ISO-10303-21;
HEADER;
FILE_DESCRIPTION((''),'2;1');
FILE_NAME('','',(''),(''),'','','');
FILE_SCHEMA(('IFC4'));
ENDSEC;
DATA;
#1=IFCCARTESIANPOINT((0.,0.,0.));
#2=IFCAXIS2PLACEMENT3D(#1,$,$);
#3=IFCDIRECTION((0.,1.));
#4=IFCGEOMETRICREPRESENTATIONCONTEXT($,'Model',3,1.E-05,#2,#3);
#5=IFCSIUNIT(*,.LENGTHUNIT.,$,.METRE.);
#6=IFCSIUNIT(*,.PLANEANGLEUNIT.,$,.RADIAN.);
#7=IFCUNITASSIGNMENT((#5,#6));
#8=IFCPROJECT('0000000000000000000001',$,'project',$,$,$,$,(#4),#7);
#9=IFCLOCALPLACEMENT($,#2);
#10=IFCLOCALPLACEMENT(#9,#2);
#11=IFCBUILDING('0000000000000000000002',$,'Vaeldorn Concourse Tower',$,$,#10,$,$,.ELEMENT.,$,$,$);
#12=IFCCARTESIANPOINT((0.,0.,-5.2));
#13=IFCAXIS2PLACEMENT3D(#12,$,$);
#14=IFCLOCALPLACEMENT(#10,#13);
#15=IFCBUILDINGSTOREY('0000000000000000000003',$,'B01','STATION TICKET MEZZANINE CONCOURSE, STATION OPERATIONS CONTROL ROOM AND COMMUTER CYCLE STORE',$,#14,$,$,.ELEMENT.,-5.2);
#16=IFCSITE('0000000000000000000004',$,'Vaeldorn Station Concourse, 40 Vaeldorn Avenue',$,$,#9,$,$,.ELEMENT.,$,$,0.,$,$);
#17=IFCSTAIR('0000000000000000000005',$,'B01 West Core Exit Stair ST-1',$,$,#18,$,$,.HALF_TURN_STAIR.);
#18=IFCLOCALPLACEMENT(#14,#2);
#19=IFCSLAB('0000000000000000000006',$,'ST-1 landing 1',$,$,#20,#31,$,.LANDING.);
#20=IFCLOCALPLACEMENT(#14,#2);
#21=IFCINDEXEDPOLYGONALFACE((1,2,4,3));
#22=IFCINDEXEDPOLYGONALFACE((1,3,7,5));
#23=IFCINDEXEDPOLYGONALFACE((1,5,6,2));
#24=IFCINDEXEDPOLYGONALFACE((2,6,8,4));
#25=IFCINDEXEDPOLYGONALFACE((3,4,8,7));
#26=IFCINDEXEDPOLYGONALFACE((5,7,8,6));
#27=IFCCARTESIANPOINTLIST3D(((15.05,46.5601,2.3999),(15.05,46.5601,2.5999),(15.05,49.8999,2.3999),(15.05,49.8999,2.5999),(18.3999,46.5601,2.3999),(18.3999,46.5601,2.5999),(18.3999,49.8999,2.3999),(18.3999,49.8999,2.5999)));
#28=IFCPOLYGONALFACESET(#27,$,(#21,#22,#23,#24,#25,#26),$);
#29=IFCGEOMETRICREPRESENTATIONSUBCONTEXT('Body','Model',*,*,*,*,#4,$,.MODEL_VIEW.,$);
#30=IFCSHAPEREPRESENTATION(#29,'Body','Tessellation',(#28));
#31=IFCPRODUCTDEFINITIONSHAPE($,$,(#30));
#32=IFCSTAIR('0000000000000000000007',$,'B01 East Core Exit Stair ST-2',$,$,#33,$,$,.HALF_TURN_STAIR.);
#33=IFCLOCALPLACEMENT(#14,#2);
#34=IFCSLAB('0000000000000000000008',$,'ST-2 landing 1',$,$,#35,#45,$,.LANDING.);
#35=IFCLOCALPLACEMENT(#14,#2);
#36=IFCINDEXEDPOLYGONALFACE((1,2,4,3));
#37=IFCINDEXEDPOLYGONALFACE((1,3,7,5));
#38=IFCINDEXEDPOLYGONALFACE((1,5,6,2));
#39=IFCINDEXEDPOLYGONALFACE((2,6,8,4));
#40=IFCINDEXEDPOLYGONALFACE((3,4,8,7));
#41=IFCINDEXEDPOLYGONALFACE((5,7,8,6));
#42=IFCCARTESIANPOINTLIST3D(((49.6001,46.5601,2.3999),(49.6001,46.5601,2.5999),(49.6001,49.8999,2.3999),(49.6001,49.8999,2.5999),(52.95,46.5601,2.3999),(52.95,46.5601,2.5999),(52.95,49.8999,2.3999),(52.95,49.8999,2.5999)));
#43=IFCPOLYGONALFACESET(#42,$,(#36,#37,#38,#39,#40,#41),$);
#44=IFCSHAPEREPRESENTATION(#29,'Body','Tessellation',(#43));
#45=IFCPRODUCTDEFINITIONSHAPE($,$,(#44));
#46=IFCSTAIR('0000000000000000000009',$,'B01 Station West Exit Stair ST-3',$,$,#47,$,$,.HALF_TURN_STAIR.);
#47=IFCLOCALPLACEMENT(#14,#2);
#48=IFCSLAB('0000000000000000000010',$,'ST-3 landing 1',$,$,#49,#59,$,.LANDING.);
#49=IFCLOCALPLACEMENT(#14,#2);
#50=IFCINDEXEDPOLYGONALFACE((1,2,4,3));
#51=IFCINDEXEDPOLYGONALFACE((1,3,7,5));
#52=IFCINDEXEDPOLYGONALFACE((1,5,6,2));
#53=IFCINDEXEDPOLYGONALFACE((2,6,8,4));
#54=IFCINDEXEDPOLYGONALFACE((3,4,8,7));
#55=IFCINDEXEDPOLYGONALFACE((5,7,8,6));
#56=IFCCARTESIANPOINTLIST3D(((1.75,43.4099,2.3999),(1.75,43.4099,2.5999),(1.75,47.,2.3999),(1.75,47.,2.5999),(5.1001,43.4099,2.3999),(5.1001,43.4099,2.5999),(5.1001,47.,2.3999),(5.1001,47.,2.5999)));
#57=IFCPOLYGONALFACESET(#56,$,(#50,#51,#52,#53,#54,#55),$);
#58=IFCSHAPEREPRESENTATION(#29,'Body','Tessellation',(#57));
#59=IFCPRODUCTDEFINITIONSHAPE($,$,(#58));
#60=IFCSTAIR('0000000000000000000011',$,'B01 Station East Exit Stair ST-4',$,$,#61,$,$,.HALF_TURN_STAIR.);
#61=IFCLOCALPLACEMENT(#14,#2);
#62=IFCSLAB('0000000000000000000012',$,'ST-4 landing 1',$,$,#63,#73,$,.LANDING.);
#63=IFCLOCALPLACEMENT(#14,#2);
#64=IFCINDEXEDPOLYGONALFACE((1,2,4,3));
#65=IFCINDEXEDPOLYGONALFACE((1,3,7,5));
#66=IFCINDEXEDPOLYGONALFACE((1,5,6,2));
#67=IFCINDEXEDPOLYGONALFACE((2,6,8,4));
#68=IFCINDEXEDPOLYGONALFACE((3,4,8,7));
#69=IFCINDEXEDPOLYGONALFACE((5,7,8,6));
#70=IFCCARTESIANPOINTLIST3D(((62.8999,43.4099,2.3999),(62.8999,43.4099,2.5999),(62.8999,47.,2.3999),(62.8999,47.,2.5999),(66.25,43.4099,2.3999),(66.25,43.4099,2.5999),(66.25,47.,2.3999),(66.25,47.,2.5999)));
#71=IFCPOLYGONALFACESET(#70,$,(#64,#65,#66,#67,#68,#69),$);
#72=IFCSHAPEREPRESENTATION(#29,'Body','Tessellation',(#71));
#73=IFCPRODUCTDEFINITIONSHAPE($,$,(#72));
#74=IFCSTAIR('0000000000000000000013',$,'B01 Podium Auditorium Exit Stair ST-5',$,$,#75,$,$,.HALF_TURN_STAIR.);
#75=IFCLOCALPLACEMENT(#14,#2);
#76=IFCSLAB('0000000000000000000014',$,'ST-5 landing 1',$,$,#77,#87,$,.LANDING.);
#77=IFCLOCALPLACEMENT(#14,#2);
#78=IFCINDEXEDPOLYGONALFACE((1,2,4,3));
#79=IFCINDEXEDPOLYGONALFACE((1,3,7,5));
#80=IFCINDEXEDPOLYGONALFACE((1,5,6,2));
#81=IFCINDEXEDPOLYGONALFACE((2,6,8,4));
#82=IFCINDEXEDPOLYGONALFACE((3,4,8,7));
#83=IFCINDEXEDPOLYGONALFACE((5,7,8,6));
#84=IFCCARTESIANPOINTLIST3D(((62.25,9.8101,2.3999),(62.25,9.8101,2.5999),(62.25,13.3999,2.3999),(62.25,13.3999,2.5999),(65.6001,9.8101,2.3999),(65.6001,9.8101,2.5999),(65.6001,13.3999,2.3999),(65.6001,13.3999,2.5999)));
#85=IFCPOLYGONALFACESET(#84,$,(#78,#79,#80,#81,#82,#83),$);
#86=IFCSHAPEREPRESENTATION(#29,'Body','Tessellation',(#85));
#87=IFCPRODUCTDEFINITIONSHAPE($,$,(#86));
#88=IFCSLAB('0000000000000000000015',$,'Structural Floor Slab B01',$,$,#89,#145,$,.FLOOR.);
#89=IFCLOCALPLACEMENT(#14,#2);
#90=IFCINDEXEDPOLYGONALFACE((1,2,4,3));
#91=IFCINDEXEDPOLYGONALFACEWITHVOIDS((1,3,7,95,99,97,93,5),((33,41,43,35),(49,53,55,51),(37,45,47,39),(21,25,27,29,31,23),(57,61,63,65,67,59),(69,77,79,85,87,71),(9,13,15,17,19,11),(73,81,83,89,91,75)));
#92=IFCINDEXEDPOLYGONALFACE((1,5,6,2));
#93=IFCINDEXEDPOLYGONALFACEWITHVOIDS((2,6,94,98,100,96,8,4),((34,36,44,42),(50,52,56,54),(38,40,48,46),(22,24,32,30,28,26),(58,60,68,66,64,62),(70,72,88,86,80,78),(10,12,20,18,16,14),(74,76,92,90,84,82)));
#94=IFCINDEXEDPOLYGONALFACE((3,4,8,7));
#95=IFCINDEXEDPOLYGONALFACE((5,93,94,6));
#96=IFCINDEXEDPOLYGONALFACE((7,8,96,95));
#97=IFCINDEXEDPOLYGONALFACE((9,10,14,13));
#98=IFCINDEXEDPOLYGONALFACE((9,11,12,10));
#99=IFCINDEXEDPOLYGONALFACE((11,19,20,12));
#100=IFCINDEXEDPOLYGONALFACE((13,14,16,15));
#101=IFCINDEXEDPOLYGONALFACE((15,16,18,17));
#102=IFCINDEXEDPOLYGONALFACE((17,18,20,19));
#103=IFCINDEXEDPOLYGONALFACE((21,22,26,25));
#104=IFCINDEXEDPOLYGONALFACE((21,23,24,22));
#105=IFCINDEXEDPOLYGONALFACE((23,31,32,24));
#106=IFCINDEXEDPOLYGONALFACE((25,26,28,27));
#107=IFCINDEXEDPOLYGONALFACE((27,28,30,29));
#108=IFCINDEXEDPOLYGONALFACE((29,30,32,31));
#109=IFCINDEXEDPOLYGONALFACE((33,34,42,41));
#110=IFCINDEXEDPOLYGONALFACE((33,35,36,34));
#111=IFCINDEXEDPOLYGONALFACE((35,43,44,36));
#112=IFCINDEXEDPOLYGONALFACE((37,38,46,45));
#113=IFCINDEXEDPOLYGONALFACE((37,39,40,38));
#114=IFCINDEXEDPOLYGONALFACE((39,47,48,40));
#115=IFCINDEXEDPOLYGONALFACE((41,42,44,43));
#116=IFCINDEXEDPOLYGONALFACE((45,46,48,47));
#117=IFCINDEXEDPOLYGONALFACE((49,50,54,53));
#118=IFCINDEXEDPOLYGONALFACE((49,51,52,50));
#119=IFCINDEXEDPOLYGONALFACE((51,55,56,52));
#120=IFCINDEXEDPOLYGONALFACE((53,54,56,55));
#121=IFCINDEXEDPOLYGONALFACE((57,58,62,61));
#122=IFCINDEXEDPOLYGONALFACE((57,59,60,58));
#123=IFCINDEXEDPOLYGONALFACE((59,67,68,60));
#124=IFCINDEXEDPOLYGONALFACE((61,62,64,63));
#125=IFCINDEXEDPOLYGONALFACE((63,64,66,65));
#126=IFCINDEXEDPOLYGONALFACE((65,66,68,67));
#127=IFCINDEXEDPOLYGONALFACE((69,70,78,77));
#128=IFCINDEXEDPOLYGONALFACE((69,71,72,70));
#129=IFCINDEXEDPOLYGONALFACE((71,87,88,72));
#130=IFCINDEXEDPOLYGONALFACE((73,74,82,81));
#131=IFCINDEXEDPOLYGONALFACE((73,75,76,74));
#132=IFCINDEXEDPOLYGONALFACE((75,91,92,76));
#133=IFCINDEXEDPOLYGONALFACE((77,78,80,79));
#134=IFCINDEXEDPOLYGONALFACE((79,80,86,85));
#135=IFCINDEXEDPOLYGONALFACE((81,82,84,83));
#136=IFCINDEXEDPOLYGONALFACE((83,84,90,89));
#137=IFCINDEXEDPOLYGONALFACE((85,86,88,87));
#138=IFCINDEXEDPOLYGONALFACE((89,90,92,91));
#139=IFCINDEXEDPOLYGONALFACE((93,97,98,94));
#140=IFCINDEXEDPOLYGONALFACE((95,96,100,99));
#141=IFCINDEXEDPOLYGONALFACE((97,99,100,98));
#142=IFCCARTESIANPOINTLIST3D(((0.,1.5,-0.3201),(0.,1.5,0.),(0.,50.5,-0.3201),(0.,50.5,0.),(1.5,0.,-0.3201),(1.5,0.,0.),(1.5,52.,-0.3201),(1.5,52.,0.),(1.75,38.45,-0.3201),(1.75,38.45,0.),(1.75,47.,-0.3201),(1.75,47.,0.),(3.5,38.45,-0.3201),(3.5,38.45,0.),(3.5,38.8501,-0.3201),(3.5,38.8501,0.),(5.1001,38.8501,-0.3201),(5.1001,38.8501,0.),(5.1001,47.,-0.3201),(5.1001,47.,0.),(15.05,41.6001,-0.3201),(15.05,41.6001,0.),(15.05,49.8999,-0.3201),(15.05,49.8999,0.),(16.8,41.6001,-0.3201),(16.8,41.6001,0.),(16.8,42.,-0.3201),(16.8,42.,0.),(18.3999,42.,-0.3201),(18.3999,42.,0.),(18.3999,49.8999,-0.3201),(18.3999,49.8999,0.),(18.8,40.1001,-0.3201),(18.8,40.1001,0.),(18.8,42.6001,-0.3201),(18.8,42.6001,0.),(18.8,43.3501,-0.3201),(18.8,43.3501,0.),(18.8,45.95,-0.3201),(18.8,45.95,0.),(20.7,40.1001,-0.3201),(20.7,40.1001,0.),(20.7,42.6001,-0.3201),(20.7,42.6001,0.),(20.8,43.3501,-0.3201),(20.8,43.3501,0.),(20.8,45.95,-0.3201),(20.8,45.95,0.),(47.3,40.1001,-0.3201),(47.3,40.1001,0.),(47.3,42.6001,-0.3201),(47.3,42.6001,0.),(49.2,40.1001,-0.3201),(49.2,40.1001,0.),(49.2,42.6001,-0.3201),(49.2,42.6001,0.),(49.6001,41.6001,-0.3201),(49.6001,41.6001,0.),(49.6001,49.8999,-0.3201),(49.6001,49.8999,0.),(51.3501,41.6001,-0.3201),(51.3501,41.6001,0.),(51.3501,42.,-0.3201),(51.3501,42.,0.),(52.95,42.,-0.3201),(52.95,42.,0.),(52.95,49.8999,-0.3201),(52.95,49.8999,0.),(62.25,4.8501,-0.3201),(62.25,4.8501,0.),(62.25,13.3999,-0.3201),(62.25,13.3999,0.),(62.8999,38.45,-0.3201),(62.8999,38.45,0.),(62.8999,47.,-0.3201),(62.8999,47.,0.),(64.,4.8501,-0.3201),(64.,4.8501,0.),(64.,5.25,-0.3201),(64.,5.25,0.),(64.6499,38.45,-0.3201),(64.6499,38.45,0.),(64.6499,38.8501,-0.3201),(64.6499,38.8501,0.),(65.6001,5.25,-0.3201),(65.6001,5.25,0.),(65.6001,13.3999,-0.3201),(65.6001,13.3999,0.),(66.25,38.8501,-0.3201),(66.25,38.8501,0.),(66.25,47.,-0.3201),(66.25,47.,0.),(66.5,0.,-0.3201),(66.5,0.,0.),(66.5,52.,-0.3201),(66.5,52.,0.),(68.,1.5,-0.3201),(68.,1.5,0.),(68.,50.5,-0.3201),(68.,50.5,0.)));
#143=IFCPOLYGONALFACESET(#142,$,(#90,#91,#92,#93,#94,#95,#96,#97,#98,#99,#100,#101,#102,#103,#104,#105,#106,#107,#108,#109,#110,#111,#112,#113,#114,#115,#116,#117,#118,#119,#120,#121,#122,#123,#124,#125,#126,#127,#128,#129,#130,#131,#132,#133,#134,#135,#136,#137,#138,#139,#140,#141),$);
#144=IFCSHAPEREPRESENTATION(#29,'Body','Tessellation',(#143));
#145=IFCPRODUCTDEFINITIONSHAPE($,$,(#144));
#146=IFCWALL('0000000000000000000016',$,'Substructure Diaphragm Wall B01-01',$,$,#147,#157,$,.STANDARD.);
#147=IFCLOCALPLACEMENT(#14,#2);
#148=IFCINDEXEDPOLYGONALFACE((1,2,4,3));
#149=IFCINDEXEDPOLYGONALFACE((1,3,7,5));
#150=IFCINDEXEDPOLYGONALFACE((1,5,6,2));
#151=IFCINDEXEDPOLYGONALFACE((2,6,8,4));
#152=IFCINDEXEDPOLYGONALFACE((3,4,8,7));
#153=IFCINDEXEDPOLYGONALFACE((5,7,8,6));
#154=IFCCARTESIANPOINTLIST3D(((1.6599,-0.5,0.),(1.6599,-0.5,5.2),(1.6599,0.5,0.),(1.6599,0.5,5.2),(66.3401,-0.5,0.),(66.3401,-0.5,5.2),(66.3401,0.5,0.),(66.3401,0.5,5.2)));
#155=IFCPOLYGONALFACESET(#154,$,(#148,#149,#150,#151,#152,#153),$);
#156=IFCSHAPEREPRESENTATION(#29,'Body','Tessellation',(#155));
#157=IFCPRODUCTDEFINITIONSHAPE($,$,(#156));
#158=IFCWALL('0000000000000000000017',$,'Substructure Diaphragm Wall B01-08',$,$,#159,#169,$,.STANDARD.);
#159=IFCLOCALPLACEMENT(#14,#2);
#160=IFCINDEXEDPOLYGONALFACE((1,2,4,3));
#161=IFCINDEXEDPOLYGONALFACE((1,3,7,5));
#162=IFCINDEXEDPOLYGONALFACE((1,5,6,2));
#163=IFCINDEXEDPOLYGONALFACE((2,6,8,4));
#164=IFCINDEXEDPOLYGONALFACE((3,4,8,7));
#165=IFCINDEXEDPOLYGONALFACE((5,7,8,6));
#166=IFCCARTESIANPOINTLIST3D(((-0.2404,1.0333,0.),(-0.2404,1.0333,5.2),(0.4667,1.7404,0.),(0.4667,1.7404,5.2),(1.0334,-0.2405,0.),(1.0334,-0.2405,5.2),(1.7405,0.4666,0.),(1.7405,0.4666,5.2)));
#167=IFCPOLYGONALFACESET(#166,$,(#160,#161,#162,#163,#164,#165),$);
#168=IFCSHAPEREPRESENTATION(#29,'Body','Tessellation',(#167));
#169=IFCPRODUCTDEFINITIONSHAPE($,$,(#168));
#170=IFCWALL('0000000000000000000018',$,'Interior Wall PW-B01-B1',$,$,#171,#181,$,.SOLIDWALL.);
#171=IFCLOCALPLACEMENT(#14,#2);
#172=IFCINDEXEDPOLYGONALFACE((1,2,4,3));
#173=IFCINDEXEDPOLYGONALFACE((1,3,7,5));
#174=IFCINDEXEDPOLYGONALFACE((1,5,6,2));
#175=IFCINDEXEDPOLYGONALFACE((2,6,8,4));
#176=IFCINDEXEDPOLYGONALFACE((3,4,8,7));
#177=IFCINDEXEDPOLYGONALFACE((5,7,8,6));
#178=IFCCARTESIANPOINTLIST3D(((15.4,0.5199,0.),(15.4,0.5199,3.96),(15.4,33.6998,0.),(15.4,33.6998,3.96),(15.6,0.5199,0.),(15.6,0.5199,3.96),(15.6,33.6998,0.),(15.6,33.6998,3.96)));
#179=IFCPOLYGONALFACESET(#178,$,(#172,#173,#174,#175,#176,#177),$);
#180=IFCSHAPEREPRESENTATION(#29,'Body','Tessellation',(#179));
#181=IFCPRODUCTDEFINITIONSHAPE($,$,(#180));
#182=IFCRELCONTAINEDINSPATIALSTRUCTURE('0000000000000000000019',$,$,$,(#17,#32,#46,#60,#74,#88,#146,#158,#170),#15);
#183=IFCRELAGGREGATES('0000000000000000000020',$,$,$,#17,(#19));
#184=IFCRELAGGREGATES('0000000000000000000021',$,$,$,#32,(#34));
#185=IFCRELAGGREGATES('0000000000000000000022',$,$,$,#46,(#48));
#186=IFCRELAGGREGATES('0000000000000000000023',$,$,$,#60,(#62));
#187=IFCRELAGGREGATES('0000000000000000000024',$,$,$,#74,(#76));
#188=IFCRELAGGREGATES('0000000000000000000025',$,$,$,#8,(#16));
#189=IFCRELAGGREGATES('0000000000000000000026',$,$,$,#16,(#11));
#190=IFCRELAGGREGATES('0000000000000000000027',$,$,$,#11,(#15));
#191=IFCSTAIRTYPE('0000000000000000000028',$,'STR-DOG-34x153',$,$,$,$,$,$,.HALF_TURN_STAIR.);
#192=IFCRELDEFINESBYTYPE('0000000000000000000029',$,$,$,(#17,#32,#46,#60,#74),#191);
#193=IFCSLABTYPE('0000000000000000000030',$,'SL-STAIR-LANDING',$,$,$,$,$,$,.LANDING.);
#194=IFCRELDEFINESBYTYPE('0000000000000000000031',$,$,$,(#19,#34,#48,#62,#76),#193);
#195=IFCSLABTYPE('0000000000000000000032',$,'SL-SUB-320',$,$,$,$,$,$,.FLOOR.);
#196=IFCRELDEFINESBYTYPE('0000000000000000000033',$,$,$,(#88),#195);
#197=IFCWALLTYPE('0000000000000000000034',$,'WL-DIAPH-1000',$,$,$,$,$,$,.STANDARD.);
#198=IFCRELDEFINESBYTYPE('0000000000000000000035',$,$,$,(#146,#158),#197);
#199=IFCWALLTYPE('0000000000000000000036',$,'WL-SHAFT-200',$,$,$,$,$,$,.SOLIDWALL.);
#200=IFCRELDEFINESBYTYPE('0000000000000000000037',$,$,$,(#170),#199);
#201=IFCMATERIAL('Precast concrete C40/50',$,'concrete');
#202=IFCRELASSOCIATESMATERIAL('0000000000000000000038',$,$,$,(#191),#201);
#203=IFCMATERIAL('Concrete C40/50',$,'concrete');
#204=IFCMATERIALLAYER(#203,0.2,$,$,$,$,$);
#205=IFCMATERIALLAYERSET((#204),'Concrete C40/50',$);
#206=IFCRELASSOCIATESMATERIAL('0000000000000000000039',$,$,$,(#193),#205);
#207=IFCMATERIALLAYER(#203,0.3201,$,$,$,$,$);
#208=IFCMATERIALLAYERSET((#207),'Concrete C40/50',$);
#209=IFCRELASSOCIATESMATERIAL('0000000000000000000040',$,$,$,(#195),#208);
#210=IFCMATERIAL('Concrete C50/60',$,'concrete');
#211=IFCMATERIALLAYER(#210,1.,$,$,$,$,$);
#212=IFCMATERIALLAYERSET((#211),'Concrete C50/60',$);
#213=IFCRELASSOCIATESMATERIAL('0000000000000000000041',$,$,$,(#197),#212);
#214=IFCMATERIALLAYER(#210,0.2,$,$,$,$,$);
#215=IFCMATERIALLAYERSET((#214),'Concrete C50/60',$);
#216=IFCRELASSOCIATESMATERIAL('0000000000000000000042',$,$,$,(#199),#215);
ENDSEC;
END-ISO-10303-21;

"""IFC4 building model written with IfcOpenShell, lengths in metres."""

from ifc_helpers import new_model, si_unit, direction, frame, frame_2d, origin, place, context, subcontext, project, spatial, polyline, rectangle, outline, extrude, material, layer, layer_set, type_object, element, aggregate, save


model = new_model("IFC4")

# Units and contexts
model_context = context("Model", 3, precision=1e-05, world=origin(), true_north=direction((0.0, 1.0)))
body_context = subcontext(model_context, "Body", "Model", "MODEL_VIEW")
ifc_project = project(units=[si_unit("LENGTHUNIT", "METRE"), si_unit("PLANEANGLEUNIT", "RADIAN")], contexts=[model_context])

# Site, building, storey
site_placement = place(None, origin())
site = spatial("IfcSite", under=ifc_project, at=site_placement, Name="Vaeldorn Station Concourse, 40 Vaeldorn Avenue", CompositionType="ELEMENT", RefElevation=0.0)
building_placement = place(site_placement, origin())
building = spatial("IfcBuilding", under=site, at=building_placement, Name="Vaeldorn Concourse Tower", CompositionType="ELEMENT")
storey_placement = place(building_placement, frame((0.0, 0.0, -5.2)))
storey = spatial("IfcBuildingStorey", under=building, at=storey_placement, Name="B01", Description="STATION TICKET MEZZANINE CONCOURSE, STATION OPERATIONS CONTROL ROOM AND COMMUTER CYCLE STORE", CompositionType="ELEMENT", Elevation=-5.2)

# Stairs, slabs
ifc_material_1 = material(Name="Precast concrete C40/50", Category="concrete")
stair_type = type_object("IfcStairType", Name="STR-DOG-34x153", PredefinedType="HALF_TURN_STAIR", material=ifc_material_1)
stair_1_placement = place(storey_placement, origin())
stair_1 = element("IfcStair", 1, at=stair_1_placement, inside=storey, type_object=stair_type, Name="B01 West Core Exit Stair ST-1", PredefinedType="HALF_TURN_STAIR")
ifc_material_2 = material(Name="Concrete C40/50", Category="concrete")
ifc_layer_1 = layer(ifc_material_2, 0.2)
ifc_layer_set_1 = layer_set([ifc_layer_1], Name="Concrete C40/50")
slab_type_1 = type_object("IfcSlabType", Name="SL-STAIR-LANDING", PredefinedType="LANDING", material=ifc_layer_set_1)
slab_1_placement = place(storey_placement, frame((0.0, 0.0, 2.3999)))
slab_1 = element("IfcSlab", 2, at=slab_1_placement, type_object=slab_type_1, Name="ST-1 landing 1", PredefinedType="LANDING", context=body_context, shape_type="SweptSolid", body=[
    extrude(outline(polyline([(18.3999, 46.5601), (18.3999, 49.8999), (15.05, 49.8999), (15.05, 46.5601), (18.3999, 46.5601)])), origin(), (0.0, 0.0, 1.0), 0.2),
])
aggregate(stair_1, [slab_1])
stair_2_placement = place(storey_placement, origin())
stair_2 = element("IfcStair", 3, at=stair_2_placement, inside=storey, type_object=stair_type, Name="B01 East Core Exit Stair ST-2", PredefinedType="HALF_TURN_STAIR")
slab_2_placement = place(storey_placement, frame((0.0, 0.0, 2.3999)))
slab_2 = element("IfcSlab", 4, at=slab_2_placement, type_object=slab_type_1, Name="ST-2 landing 1", PredefinedType="LANDING", context=body_context, shape_type="SweptSolid", body=[
    extrude(outline(polyline([(52.95, 46.5601), (52.95, 49.8999), (49.6001, 49.8999), (49.6001, 46.5601), (52.95, 46.5601)])), origin(), (0.0, 0.0, 1.0), 0.2),
])
aggregate(stair_2, [slab_2])
stair_3_placement = place(storey_placement, origin())
stair_3 = element("IfcStair", 5, at=stair_3_placement, inside=storey, type_object=stair_type, Name="B01 Station West Exit Stair ST-3", PredefinedType="HALF_TURN_STAIR")
slab_3_placement = place(storey_placement, frame((0.0, 0.0, 2.3999)))
slab_3 = element("IfcSlab", 6, at=slab_3_placement, type_object=slab_type_1, Name="ST-3 landing 1", PredefinedType="LANDING", context=body_context, shape_type="SweptSolid", body=[
    extrude(outline(polyline([(5.1001, 43.4099), (5.1001, 47.0), (1.75, 47.0), (1.75, 43.4099), (5.1001, 43.4099)])), origin(), (0.0, 0.0, 1.0), 0.2),
])
aggregate(stair_3, [slab_3])
stair_4_placement = place(storey_placement, origin())
stair_4 = element("IfcStair", 7, at=stair_4_placement, inside=storey, type_object=stair_type, Name="B01 Station East Exit Stair ST-4", PredefinedType="HALF_TURN_STAIR")
slab_4_placement = place(storey_placement, frame((0.0, 0.0, 2.3999)))
slab_4 = element("IfcSlab", 8, at=slab_4_placement, type_object=slab_type_1, Name="ST-4 landing 1", PredefinedType="LANDING", context=body_context, shape_type="SweptSolid", body=[
    extrude(outline(polyline([(66.25, 43.4099), (66.25, 47.0), (62.8999, 47.0), (62.8999, 43.4099), (66.25, 43.4099)])), origin(), (0.0, 0.0, 1.0), 0.2),
])
aggregate(stair_4, [slab_4])
stair_5_placement = place(storey_placement, origin())
stair_5 = element("IfcStair", 9, at=stair_5_placement, inside=storey, type_object=stair_type, Name="B01 Podium Auditorium Exit Stair ST-5", PredefinedType="HALF_TURN_STAIR")
slab_5_placement = place(storey_placement, frame((0.0, 0.0, 2.3999)))
slab_5 = element("IfcSlab", 10, at=slab_5_placement, type_object=slab_type_1, Name="ST-5 landing 1", PredefinedType="LANDING", context=body_context, shape_type="SweptSolid", body=[
    extrude(outline(polyline([(65.6001, 9.8101), (65.6001, 13.3999), (62.25, 13.3999), (62.25, 9.8101), (65.6001, 9.8101)])), origin(), (0.0, 0.0, 1.0), 0.2),
])
aggregate(stair_5, [slab_5])

# Slab
ifc_layer_2 = layer(ifc_material_2, 0.3201)
ifc_layer_set_2 = layer_set([ifc_layer_2], Name="Concrete C40/50")
slab_type_2 = type_object("IfcSlabType", Name="SL-SUB-320", PredefinedType="FLOOR", material=ifc_layer_set_2)
slab_6_placement = place(storey_placement, frame((0.0, 0.0, -0.3201)))
element("IfcSlab", 11, at=slab_6_placement, inside=storey, type_object=slab_type_2, Name="Structural Floor Slab B01", PredefinedType="FLOOR", context=body_context, shape_type="SweptSolid", body=[
    extrude(outline(polyline([(1.5, 0.0), (66.5, 0.0), (68.0, 1.5), (68.0, 50.5), (66.5, 52.0), (1.5, 52.0), (0.0, 50.5), (0.0, 1.5), (1.5, 0.0)]), holes=[polyline([(18.3999, 42.0), (18.3999, 49.8999), (15.05, 49.8999), (15.05, 41.6001), (16.8, 41.6001), (16.8, 42.0), (18.3999, 42.0)]), polyline([(52.95, 42.0), (52.95, 49.8999), (49.6001, 49.8999), (49.6001, 41.6001), (51.3501, 41.6001), (51.3501, 42.0), (52.95, 42.0)]), polyline([(5.1001, 38.8501), (5.1001, 47.0), (1.75, 47.0), (1.75, 38.45), (3.5, 38.45), (3.5, 38.8501), (5.1001, 38.8501)]), polyline([(66.25, 38.8501), (66.25, 47.0), (62.8999, 47.0), (62.8999, 38.45), (64.6499, 38.45), (64.6499, 38.8501), (66.25, 38.8501)]), polyline([(65.6001, 5.25), (65.6001, 13.3999), (62.25, 13.3999), (62.25, 4.8501), (64.0, 4.8501), (64.0, 5.25), (65.6001, 5.25)]), polyline([(18.8, 43.3501), (20.8, 43.3501), (20.8, 45.95), (18.8, 45.95), (18.8, 43.3501)]), polyline([(18.8, 40.1001), (20.7, 40.1001), (20.7, 42.6001), (18.8, 42.6001), (18.8, 40.1001)]), polyline([(47.3, 40.1001), (49.2, 40.1001), (49.2, 42.6001), (47.3, 42.6001), (47.3, 40.1001)])]), origin(), (0.0, 0.0, 1.0), 0.3201),
])

# Walls
ifc_material_3 = material(Name="Concrete C50/60", Category="concrete")
ifc_layer_3 = layer(ifc_material_3, 1.0)
ifc_layer_set_3 = layer_set([ifc_layer_3], Name="Concrete C50/60")
wall_type_1 = type_object("IfcWallType", Name="WL-DIAPH-1000", PredefinedType="STANDARD", material=ifc_layer_set_3)
wall_1_placement = place(storey_placement, frame((1.6599, 0.0, 0.0), z_axis=(0.0, 0.0, 1.0), x_axis=(1.0, 0.0, 0.0)))
element("IfcWall", 12, at=wall_1_placement, inside=storey, type_object=wall_type_1, Name="Substructure Diaphragm Wall B01-01", PredefinedType="STANDARD", context=body_context, shape_type="SweptSolid", body=[
    extrude(rectangle(XDim=64.6802, YDim=1.0, at=frame_2d((32.3401, 0.0))), origin(), (0.0, 0.0, 1.0), 5.2),
])
wall_2_placement = place(storey_placement, frame((0.113, 1.387, 0.0), z_axis=(0.0, 0.0, 1.0), x_axis=(0.707107, -0.707107, 0.0)))
element("IfcWall", 13, at=wall_2_placement, inside=storey, type_object=wall_type_1, Name="Substructure Diaphragm Wall B01-08", PredefinedType="STANDARD", context=body_context, shape_type="SweptSolid", body=[
    extrude(rectangle(XDim=1.8015, YDim=1.0, at=frame_2d((0.9009, 0.0))), origin(), (0.0, 0.0, 1.0), 5.2),
])
ifc_layer_4 = layer(ifc_material_3, 0.2)
ifc_layer_set_4 = layer_set([ifc_layer_4], Name="Concrete C50/60")
wall_type_2 = type_object("IfcWallType", Name="WL-SHAFT-200", PredefinedType="SOLIDWALL", material=ifc_layer_set_4)
wall_3_placement = place(storey_placement, frame((15.5, 0.52, 0.0), z_axis=(0.0, 0.0, 1.0), x_axis=(0.0, 1.0, 0.0)))
element("IfcWall", 14, at=wall_3_placement, inside=storey, type_object=wall_type_2, Name="Interior Wall PW-B01-B1", PredefinedType="SOLIDWALL", context=body_context, shape_type="SweptSolid", body=[
    extrude(rectangle(XDim=33.1799, YDim=0.2, at=frame_2d((16.5898, 0.0))), origin(), (0.0, 0.0, 1.0), 3.96),
])

save(model, "model.ifc")
